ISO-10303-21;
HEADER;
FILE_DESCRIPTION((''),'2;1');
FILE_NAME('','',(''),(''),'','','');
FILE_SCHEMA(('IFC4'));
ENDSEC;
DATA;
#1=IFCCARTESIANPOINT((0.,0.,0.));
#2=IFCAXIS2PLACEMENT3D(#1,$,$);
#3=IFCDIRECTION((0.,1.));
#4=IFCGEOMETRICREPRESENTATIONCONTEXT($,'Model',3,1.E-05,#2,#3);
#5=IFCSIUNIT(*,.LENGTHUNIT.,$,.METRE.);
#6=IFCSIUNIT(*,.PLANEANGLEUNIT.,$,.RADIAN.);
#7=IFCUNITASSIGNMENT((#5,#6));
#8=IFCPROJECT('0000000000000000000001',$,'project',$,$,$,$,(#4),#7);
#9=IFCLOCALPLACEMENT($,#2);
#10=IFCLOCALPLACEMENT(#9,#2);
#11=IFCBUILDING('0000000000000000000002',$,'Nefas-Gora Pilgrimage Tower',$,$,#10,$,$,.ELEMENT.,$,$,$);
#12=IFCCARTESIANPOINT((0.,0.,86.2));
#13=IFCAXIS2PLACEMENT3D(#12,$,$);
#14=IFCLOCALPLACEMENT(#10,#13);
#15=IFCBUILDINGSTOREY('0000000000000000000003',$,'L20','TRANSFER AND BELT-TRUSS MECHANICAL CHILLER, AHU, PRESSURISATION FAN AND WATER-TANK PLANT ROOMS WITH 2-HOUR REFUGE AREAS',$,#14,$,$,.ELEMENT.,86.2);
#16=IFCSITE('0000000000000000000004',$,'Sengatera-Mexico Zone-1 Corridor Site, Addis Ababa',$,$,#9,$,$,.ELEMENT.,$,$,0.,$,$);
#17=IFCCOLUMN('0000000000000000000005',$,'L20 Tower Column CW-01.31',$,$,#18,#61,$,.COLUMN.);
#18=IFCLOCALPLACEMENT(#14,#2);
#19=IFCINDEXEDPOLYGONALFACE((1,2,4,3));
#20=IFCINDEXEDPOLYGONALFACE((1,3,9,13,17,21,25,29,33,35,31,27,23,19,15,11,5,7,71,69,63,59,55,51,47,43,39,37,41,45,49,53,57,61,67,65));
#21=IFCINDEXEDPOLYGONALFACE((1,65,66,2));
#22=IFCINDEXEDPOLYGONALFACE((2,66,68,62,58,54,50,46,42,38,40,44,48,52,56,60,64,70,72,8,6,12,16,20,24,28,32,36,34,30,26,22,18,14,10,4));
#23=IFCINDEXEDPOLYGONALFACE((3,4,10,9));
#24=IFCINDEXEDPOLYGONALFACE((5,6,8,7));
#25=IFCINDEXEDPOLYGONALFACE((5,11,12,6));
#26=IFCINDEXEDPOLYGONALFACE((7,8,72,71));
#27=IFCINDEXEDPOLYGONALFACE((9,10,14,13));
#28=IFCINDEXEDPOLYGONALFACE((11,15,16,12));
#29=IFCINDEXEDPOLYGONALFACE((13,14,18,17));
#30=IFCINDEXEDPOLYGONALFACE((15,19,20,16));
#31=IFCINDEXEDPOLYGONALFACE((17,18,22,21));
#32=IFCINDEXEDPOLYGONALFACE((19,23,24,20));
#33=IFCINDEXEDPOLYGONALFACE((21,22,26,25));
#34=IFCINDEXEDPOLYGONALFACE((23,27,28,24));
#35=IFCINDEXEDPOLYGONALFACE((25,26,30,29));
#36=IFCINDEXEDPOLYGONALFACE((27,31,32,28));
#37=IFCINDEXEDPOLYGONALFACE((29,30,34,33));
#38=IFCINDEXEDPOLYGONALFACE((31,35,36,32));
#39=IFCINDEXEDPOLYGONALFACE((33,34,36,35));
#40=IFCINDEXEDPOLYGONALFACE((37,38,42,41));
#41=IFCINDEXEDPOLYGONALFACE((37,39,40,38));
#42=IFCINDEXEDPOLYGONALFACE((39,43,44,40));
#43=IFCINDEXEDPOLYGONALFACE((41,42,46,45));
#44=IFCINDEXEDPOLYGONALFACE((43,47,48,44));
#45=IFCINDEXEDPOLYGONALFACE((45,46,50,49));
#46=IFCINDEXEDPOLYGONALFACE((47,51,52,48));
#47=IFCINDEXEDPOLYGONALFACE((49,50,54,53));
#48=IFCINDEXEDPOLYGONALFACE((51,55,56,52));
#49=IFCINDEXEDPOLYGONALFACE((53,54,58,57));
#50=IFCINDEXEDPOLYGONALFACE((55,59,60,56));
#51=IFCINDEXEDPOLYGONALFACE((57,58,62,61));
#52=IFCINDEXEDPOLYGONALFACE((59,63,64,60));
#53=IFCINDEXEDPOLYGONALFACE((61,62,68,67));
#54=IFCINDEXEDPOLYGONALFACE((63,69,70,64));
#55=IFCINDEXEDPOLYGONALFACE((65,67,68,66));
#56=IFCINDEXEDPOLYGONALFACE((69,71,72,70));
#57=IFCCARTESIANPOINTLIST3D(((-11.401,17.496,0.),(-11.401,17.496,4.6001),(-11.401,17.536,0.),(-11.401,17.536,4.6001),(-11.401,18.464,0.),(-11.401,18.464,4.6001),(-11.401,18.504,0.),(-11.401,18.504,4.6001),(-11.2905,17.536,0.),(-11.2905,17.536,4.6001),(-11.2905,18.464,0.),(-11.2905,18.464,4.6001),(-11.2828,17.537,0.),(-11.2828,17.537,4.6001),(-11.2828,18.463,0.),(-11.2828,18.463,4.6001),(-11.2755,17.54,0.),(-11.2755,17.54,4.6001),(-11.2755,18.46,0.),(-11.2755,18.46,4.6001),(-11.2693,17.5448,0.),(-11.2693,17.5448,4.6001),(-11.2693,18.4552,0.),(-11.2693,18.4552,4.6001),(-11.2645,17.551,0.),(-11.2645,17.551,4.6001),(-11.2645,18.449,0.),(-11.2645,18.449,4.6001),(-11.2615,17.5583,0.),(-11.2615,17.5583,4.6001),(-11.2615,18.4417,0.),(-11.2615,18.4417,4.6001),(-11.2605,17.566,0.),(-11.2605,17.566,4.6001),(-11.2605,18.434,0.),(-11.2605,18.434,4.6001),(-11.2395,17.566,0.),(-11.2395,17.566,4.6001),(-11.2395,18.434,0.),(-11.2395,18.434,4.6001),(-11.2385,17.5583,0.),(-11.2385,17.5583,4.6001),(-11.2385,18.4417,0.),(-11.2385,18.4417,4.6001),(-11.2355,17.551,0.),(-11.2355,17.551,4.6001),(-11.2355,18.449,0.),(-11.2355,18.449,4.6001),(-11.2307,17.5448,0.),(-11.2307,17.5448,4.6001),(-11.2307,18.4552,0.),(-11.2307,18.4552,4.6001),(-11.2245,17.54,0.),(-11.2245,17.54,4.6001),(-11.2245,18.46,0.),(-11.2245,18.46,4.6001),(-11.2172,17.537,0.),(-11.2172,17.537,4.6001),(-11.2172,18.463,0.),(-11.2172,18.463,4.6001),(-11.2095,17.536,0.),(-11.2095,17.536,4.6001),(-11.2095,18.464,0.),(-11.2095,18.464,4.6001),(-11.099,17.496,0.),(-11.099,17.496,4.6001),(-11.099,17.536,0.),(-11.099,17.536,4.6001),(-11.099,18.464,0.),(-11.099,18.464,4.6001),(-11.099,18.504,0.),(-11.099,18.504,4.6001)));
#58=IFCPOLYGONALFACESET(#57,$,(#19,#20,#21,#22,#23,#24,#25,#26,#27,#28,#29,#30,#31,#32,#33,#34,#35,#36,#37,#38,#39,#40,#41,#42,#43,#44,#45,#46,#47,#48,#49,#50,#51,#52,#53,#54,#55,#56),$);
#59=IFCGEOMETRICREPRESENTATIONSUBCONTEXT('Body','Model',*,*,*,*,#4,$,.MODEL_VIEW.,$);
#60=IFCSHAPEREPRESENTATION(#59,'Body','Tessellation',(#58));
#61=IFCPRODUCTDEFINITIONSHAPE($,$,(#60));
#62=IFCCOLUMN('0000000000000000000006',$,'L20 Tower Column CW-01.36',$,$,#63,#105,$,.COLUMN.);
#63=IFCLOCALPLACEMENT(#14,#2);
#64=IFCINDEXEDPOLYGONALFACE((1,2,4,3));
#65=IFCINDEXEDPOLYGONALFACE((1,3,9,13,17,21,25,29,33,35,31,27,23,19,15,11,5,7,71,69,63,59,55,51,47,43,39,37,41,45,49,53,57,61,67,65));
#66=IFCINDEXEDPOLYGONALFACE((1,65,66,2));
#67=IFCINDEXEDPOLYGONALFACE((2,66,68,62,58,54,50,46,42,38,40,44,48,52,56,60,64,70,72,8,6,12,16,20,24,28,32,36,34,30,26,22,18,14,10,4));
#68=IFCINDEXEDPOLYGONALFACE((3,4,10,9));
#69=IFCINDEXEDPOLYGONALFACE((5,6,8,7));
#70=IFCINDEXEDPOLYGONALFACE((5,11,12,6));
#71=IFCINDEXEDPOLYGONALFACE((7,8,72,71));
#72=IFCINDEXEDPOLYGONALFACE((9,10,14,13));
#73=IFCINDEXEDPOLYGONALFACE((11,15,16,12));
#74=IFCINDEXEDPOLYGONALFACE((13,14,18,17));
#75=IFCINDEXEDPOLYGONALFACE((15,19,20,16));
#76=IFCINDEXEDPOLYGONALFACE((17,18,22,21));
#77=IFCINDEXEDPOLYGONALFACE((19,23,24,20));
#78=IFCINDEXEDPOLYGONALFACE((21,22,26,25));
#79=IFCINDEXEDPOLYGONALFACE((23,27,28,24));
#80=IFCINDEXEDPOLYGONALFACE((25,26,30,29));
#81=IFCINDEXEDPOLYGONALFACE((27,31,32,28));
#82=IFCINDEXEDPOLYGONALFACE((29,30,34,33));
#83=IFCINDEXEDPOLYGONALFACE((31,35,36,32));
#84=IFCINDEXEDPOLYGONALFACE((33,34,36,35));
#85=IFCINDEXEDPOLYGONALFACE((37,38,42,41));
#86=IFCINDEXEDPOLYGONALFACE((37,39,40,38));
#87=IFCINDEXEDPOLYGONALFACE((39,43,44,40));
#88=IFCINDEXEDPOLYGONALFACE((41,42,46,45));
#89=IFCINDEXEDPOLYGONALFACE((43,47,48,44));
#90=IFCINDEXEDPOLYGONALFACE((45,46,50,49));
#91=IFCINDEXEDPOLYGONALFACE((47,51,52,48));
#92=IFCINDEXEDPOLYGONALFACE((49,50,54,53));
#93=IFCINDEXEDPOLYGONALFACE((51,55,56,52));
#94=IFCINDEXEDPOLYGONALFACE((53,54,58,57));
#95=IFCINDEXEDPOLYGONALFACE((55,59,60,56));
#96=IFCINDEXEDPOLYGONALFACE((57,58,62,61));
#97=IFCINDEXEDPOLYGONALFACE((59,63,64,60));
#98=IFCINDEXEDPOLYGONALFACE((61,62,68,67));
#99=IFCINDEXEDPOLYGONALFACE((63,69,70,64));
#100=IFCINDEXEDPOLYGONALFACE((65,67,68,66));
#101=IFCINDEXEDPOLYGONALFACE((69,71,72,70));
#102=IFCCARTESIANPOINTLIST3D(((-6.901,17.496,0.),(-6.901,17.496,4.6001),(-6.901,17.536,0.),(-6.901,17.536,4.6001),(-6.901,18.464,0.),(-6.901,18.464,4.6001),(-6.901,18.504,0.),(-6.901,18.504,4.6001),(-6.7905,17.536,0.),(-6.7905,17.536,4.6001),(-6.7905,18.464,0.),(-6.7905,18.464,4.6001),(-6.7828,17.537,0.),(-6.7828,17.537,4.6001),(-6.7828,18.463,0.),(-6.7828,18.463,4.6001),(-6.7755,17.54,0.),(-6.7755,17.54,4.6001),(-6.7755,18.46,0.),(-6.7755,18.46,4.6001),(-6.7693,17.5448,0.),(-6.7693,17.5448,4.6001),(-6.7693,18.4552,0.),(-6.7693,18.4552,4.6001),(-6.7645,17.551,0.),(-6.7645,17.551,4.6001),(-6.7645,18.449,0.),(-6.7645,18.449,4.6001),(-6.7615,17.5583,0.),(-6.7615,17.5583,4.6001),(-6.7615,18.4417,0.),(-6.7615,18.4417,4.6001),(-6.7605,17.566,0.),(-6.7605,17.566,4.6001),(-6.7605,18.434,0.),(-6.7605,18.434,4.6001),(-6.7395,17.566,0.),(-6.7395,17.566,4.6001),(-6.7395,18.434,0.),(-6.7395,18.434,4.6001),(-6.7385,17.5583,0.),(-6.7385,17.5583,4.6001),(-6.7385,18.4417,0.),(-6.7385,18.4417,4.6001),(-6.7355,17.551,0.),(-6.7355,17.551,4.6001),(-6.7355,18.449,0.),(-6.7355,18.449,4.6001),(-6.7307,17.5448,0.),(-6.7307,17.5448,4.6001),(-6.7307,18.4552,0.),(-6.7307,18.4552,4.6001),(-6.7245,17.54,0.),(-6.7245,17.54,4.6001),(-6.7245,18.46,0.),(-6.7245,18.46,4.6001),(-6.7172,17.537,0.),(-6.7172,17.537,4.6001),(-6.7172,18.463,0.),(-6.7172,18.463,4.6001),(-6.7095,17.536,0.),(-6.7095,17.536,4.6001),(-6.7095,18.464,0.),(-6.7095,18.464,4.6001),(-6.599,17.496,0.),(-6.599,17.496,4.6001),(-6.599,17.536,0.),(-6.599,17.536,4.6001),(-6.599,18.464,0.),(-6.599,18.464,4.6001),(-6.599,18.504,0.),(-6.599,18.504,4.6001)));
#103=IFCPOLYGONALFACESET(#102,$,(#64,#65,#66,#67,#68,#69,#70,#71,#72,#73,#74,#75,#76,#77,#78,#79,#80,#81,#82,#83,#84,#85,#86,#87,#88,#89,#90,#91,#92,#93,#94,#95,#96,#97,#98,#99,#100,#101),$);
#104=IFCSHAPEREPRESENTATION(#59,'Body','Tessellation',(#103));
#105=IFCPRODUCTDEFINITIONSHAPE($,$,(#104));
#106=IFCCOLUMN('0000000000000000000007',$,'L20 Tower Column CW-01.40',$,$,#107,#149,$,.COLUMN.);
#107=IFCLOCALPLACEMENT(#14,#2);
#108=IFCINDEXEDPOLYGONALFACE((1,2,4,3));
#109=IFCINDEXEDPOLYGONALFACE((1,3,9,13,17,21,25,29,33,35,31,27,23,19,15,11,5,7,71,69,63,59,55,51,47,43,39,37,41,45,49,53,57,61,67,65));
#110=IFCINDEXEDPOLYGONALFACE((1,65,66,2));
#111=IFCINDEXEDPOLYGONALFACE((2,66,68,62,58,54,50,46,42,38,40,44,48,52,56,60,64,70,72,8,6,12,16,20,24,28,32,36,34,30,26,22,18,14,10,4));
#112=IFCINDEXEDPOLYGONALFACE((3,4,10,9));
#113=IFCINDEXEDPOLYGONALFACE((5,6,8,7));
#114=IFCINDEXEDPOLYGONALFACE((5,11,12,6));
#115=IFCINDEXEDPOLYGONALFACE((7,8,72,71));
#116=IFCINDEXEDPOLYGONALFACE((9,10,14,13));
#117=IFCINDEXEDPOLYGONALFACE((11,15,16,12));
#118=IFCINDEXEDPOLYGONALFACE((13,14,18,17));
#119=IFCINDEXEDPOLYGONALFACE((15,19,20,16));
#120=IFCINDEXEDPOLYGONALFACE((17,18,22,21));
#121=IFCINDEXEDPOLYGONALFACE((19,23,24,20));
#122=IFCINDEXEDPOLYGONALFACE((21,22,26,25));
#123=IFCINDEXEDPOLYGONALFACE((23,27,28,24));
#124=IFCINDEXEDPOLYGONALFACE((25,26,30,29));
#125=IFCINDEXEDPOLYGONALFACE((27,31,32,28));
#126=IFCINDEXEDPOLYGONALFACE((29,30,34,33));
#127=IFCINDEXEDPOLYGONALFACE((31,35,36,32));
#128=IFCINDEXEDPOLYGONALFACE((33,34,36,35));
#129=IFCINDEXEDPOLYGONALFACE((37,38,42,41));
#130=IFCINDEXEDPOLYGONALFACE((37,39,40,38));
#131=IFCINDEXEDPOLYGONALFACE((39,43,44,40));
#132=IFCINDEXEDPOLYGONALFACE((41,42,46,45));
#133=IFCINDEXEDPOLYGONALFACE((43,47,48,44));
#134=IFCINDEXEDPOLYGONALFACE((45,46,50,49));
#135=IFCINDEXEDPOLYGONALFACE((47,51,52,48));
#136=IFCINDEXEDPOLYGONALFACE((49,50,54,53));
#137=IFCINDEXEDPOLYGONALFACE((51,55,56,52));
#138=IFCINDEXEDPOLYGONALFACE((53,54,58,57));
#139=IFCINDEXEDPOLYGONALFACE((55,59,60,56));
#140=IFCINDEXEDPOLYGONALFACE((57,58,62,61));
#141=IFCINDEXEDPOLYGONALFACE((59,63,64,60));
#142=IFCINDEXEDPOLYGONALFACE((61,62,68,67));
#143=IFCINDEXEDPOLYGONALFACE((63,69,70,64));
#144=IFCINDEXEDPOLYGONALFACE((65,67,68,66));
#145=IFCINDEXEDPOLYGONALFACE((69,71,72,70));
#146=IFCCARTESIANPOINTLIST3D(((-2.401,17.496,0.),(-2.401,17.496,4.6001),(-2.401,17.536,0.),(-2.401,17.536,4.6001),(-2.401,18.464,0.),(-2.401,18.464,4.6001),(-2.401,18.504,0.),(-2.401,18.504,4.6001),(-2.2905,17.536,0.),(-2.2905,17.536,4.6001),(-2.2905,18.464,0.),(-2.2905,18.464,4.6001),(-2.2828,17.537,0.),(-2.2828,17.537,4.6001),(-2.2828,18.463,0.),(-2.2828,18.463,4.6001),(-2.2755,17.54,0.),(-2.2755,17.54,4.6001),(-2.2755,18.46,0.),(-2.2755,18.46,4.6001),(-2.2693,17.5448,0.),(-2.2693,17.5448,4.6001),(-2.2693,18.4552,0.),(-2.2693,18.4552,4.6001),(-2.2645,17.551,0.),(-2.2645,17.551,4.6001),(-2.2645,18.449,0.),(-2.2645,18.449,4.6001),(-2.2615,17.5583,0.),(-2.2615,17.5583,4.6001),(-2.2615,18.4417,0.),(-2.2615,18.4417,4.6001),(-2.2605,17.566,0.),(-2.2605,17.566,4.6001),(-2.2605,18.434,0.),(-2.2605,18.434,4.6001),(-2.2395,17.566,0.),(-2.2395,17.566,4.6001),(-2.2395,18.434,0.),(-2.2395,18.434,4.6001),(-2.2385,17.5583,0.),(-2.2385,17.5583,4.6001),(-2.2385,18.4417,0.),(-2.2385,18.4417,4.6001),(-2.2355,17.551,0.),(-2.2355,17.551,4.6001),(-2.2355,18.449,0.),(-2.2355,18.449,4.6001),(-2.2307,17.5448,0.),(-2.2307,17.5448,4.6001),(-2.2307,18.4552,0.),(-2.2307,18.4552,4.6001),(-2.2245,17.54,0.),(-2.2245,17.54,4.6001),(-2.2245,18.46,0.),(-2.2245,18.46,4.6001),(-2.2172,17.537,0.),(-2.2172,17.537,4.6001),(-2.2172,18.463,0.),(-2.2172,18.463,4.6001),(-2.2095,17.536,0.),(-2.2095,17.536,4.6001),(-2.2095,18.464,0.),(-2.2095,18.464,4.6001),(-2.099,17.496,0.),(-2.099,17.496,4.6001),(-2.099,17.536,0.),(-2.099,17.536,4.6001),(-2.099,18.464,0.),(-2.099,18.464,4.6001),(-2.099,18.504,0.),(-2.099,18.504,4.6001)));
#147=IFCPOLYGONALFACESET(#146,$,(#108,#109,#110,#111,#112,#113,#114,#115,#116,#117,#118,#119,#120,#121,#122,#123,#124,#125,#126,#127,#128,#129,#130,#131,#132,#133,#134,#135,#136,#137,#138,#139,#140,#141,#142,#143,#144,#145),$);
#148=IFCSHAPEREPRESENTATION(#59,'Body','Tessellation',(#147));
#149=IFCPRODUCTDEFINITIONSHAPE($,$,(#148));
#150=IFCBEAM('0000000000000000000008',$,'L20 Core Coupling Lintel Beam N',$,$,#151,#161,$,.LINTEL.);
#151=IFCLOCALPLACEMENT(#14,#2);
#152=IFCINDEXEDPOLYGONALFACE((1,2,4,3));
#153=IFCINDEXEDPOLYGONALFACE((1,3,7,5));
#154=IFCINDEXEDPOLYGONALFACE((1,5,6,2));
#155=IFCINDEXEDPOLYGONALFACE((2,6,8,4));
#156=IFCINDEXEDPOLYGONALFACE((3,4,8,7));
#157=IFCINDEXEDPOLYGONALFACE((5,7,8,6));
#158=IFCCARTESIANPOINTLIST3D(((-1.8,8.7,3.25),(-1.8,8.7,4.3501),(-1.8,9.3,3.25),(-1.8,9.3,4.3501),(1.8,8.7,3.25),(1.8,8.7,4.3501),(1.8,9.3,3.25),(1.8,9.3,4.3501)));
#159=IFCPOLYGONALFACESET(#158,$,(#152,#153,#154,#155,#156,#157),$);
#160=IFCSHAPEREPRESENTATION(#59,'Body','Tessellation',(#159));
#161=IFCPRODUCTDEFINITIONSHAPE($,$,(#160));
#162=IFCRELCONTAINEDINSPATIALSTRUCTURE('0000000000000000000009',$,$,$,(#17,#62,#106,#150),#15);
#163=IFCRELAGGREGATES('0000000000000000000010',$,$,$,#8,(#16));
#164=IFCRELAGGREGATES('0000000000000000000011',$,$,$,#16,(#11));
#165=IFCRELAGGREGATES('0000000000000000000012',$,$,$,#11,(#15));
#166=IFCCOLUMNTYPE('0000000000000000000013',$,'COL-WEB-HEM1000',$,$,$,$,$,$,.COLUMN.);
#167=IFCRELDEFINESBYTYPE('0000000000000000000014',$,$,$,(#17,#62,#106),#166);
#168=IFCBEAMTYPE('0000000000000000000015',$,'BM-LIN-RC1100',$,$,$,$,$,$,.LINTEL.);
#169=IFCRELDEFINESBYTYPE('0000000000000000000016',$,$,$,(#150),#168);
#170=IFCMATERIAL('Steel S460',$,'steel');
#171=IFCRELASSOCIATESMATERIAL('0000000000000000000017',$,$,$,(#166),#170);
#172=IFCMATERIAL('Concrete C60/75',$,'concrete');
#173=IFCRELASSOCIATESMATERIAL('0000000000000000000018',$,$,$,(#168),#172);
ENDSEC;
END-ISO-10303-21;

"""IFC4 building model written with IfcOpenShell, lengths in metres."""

from ifc_helpers import new_model, si_unit, direction, frame, origin, origin_2d, place, context, subcontext, project, spatial, rectangle, i_section, extrude, source, transform, mapped, material, material_profile, profile_set, type_object, element, save


model = new_model("IFC4")

# Units and contexts
model_context = context("Model", 3, precision=1e-05, world=origin(), true_north=direction((0.0, 1.0)))
body_context = subcontext(model_context, "Body", "Model", "MODEL_VIEW")
ifc_project = project(units=[si_unit("LENGTHUNIT", "METRE"), si_unit("PLANEANGLEUNIT", "RADIAN")], contexts=[model_context])

# Site, building, storey
site_placement = place(None, origin())
site = spatial("IfcSite", under=ifc_project, at=site_placement, Name="Sengatera-Mexico Zone-1 Corridor Site, Addis Ababa", CompositionType="ELEMENT", RefElevation=0.0)
building_placement = place(site_placement, origin())
building = spatial("IfcBuilding", under=site, at=building_placement, Name="Nefas-Gora Pilgrimage Tower", CompositionType="ELEMENT")
storey_placement = place(building_placement, frame((0.0, 0.0, 86.2)))
storey = spatial("IfcBuildingStorey", under=building, at=storey_placement, Name="L20", Description="TRANSFER AND BELT-TRUSS MECHANICAL CHILLER, AHU, PRESSURISATION FAN AND WATER-TANK PLANT ROOMS WITH 2-HOUR REFUGE AREAS", CompositionType="ELEMENT", Elevation=86.2)

# Columns
ifc_material_1 = material(Name="Steel S460", Category="steel")
ifc_material_profile_1 = material_profile(ifc_material_1, i_section(OverallWidth=0.302, OverallDepth=1.0081, WebThickness=0.021, FlangeThickness=0.04, FilletRadius=0.03, at=origin_2d()), Name="HEM 1000")
ifc_profile_set_1 = profile_set([ifc_material_profile_1], Name="Steel S460")
column_type = type_object("IfcColumnType", Name="COL-WEB-HEM1000", PredefinedType="COLUMN", material=ifc_profile_set_1)
shared_shape_1 = source(origin(), body_context, "Body", "SweptSolid", [
    extrude(i_section(OverallWidth=0.302, OverallDepth=1.0081, WebThickness=0.021, FlangeThickness=0.04, FilletRadius=0.03, at=origin_2d()), origin(), (0.0, 0.0, 1.0), 4.6001),
])
for number, where, z_axis, x_axis, name in (
    (1, (-11.25, 18.0, 0.0), (0.0, 0.0, 1.0), (1.0, 0.0, 0.0), "L20 Tower Column CW-01.31"),
    (2, (-6.75, 18.0, 0.0), (0.0, 0.0, 1.0), (1.0, 0.0, 0.0), "L20 Tower Column CW-01.36"),
    (3, (-2.25, 18.0, 0.0), (0.0, 0.0, 1.0), (1.0, 0.0, 0.0), "L20 Tower Column CW-01.40"),
):
    element("IfcColumn", number, at=place(storey_placement, frame(where, z_axis=z_axis, x_axis=x_axis)), inside=storey, type_object=column_type, Name=name, PredefinedType="COLUMN", context=body_context, shape_type="MappedRepresentation", body=[
        mapped(shared_shape_1, transform((0.0, 0.0, 0.0), x_axis=(1.0, 0.0, 0.0), y_axis=(0.0, 1.0, 0.0), z_axis=(0.0, 0.0, 1.0), scale=1.0)),
    ])

# Beam
ifc_material_2 = material(Name="Concrete C60/75", Category="concrete")
ifc_material_profile_2 = material_profile(ifc_material_2, rectangle(XDim=0.6001, YDim=1.1001, at=origin_2d()), Name="RC 600x1100")
ifc_profile_set_2 = profile_set([ifc_material_profile_2], Name="Concrete C60/75")
beam_type_1 = type_object("IfcBeamType", Name="BM-LIN-RC1100", PredefinedType="LINTEL", material=ifc_profile_set_2)
shared_shape_2 = source(origin(), body_context, "Body", "SweptSolid", [
    extrude(rectangle(XDim=0.6001, YDim=1.1001, at=origin_2d()), origin(), (0.0, 0.0, 1.0), 3.6001),
])
beam_1_placement = place(storey_placement, frame((-1.8, 9.0, 3.8), z_axis=(1.0, 0.0, 0.0), x_axis=(0.0, 1.0, 0.0)))
element("IfcBeam", 4, at=beam_1_placement, inside=storey, type_object=beam_type_1, Name="L20 Core Coupling Lintel Beam N", PredefinedType="LINTEL", context=body_context, shape_type="MappedRepresentation", body=[
    mapped(shared_shape_2, transform((0.0, 0.0, 0.0), x_axis=(1.0, 0.0, 0.0), y_axis=(0.0, 1.0, 0.0), z_axis=(0.0, 0.0, 1.0), scale=1.0)),
])

save(model, "model.ifc")
